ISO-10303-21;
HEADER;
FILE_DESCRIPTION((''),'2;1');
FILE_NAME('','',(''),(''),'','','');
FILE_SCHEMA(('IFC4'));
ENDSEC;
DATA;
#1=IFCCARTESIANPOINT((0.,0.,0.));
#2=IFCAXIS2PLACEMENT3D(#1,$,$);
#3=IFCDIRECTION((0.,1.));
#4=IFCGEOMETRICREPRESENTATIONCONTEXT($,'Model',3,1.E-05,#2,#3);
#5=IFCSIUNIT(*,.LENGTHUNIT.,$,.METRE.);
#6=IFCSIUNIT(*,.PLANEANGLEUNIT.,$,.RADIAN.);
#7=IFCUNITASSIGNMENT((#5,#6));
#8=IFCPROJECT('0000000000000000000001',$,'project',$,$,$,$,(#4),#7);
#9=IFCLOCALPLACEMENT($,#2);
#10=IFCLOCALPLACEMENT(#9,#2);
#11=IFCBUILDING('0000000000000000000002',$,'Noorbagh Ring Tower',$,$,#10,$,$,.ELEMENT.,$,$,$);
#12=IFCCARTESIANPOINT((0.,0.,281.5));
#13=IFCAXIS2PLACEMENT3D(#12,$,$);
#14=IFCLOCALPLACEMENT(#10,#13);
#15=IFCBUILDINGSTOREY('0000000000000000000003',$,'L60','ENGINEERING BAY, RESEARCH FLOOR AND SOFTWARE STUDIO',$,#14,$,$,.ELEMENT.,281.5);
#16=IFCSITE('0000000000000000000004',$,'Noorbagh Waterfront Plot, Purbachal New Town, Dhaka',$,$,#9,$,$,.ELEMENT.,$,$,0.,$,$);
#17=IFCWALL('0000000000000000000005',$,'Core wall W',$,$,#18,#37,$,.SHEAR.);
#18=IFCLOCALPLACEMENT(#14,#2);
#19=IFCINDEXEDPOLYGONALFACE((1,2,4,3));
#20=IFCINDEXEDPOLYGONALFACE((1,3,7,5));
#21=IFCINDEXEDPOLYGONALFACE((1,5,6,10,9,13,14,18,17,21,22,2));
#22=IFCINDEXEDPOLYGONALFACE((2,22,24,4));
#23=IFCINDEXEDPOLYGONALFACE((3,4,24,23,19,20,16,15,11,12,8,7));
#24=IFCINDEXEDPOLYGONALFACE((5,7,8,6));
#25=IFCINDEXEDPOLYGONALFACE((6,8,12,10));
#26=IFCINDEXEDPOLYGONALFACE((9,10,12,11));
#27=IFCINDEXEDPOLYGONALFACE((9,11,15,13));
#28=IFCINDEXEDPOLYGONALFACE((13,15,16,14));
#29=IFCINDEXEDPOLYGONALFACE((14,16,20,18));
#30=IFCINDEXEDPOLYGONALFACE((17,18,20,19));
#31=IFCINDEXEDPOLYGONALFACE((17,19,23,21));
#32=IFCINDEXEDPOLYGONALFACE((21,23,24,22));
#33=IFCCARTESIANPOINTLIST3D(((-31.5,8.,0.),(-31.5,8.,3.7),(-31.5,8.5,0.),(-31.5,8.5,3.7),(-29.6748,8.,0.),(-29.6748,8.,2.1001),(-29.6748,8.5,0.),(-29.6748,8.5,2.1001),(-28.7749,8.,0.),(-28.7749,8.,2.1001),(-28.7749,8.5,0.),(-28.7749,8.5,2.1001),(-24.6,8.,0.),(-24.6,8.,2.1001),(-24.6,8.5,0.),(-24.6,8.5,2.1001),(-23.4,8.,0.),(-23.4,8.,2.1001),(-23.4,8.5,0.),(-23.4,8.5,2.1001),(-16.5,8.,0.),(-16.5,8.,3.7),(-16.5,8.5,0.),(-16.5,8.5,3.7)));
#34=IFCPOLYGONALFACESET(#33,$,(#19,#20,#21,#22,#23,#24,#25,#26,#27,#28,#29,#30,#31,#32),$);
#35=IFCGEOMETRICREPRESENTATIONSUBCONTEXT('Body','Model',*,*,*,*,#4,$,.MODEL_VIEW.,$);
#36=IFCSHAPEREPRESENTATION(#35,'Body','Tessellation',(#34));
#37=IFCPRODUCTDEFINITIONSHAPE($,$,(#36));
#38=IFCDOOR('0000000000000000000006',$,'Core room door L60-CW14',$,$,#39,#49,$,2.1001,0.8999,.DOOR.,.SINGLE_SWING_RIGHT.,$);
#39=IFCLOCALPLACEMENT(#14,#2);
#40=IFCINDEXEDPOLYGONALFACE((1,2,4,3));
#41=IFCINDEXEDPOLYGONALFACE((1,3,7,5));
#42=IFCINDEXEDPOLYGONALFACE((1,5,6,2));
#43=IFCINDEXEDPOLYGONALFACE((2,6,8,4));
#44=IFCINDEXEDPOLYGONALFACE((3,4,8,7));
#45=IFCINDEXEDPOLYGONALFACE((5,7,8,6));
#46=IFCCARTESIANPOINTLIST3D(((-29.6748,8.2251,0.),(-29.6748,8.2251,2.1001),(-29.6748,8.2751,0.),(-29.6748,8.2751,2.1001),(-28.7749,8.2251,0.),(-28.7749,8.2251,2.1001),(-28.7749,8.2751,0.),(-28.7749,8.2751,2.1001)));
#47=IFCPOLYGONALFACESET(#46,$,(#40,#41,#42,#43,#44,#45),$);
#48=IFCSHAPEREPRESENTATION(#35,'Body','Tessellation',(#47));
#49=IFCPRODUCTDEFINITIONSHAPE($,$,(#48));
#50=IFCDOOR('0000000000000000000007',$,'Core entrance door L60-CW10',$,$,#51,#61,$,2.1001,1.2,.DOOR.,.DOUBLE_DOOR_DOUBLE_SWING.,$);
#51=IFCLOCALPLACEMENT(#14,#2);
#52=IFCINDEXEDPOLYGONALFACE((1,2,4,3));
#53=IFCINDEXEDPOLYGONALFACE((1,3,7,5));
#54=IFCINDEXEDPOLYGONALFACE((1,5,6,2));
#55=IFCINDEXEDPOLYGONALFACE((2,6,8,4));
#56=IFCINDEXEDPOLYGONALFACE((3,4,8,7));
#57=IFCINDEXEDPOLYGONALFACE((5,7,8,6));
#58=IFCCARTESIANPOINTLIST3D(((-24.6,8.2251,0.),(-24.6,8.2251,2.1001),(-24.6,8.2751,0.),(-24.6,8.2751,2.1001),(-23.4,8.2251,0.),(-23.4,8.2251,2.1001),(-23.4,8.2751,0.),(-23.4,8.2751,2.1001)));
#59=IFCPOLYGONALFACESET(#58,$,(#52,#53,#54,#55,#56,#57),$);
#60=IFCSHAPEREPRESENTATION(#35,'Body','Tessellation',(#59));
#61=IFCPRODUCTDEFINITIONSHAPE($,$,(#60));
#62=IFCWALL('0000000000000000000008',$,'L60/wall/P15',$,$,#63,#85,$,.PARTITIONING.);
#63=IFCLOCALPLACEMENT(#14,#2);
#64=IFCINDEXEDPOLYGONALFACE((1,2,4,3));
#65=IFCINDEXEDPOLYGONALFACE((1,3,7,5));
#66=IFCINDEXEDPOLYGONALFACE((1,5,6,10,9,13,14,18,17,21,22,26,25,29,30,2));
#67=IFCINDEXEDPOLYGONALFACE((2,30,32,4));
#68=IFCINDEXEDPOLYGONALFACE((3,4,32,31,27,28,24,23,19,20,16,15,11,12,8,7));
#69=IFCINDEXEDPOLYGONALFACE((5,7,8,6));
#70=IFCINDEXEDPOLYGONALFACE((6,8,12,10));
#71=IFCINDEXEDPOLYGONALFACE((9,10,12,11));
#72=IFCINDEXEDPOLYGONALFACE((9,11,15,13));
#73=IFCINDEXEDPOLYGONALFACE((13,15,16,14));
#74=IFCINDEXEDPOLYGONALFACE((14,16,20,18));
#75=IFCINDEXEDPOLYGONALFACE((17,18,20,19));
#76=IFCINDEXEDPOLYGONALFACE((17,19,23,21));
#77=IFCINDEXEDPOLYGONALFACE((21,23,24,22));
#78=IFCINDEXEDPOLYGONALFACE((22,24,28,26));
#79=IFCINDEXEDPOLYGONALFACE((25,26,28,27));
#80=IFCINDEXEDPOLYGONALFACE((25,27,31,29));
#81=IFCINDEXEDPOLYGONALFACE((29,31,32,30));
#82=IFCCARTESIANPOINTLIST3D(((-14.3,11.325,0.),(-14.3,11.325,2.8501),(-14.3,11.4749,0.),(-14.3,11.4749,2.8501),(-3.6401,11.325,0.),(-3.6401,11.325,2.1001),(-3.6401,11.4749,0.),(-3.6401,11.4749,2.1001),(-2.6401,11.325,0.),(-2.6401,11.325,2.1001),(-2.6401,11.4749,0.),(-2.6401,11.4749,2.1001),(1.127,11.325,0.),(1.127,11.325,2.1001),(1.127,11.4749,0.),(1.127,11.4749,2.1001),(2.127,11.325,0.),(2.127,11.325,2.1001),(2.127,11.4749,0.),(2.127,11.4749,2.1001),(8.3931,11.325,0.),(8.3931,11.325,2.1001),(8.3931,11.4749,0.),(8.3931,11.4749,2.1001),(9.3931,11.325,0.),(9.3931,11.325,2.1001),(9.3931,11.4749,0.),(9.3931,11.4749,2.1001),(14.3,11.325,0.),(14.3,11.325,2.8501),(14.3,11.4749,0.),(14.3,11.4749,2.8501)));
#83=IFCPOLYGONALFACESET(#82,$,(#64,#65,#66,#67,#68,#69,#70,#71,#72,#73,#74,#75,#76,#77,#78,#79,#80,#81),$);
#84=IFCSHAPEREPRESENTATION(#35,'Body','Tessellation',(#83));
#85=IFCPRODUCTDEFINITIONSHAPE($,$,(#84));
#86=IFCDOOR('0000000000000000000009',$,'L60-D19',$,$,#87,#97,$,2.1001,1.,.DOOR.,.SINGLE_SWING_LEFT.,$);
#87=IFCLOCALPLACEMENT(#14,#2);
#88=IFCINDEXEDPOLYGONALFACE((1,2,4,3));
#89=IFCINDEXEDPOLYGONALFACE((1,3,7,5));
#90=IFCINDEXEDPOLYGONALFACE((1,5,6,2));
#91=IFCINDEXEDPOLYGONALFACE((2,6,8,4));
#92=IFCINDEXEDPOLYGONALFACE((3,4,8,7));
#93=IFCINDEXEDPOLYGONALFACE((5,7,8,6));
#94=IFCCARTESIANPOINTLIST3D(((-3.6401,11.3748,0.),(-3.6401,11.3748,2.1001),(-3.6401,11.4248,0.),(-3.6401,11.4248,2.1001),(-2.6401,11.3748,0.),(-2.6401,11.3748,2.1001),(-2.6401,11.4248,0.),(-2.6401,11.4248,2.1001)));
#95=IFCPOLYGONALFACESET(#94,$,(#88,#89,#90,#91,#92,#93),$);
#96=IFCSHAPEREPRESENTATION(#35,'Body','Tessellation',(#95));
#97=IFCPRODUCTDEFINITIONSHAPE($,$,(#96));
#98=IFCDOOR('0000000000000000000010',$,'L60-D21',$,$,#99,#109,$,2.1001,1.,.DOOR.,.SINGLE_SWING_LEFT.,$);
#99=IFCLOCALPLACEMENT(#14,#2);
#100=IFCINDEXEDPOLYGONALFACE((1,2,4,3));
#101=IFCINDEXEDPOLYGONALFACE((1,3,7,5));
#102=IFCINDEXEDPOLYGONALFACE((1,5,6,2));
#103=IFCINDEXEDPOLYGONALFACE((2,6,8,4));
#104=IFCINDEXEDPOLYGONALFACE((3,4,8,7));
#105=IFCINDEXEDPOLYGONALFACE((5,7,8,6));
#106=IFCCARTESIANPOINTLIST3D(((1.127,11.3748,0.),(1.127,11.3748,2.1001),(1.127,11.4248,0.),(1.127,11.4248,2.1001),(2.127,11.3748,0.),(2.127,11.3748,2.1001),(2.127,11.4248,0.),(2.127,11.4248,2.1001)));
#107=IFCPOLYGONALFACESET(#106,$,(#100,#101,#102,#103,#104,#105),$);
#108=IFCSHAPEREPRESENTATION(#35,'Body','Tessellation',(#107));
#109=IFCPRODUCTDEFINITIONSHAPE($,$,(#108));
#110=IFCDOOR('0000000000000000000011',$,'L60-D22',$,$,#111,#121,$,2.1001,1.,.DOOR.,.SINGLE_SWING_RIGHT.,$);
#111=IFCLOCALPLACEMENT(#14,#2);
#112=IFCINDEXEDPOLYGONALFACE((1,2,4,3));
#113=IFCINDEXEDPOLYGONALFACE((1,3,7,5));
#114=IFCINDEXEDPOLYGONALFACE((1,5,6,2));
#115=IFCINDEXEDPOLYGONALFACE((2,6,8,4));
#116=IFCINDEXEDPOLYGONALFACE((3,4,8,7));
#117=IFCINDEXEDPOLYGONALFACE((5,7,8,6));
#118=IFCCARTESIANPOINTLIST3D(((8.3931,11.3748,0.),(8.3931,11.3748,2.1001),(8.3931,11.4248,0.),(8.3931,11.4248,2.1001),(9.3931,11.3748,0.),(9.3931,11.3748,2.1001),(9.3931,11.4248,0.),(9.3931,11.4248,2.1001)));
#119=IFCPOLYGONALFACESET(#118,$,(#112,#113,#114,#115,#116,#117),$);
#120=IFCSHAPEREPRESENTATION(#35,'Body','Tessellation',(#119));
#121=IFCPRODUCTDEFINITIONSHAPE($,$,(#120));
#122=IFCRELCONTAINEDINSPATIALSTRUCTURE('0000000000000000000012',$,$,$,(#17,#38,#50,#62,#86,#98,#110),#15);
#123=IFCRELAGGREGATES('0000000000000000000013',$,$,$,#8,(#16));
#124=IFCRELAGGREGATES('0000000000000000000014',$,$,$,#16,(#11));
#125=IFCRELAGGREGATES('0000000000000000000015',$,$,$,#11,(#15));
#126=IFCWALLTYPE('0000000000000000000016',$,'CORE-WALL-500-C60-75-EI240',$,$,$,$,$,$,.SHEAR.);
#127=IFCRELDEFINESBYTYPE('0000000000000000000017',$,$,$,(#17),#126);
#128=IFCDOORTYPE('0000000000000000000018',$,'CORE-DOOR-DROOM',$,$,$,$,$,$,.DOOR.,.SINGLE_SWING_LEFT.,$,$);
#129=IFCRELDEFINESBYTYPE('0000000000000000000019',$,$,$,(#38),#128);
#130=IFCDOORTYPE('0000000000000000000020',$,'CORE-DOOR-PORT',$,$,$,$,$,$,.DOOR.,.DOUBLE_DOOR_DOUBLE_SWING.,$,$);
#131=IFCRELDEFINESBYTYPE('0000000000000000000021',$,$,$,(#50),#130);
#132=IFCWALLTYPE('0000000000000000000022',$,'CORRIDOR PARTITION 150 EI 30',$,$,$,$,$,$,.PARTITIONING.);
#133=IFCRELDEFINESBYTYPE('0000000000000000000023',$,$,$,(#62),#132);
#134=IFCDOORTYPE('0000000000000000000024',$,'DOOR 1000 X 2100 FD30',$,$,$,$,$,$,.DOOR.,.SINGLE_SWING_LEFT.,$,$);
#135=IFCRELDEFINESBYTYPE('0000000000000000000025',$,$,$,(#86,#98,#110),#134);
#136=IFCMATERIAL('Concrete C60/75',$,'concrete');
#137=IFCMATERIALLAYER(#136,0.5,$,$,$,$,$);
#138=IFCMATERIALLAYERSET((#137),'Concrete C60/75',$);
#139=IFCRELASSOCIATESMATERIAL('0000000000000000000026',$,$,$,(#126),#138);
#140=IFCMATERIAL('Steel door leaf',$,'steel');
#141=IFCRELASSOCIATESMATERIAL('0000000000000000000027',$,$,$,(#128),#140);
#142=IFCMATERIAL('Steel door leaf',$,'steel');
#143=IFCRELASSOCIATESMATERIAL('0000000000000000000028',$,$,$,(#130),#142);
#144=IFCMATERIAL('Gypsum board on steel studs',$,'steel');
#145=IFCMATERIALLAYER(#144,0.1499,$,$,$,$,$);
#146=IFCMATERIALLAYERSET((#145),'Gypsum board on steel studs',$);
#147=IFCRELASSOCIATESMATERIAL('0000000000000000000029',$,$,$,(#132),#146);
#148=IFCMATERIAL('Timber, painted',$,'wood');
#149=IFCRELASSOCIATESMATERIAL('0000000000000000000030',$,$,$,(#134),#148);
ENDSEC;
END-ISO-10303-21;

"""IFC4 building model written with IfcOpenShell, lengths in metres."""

from ifc_helpers import new_model, si_unit, direction, frame, frame_2d, origin, place, context, subcontext, project, spatial, rectangle, extrude, material, layer, layer_set, type_object, element, fill, save


model = new_model("IFC4")

# Units and contexts
model_context = context("Model", 3, precision=1e-05, world=origin(), true_north=direction((0.0, 1.0)))
body_context = subcontext(model_context, "Body", "Model", "MODEL_VIEW")
ifc_project = project(units=[si_unit("LENGTHUNIT", "METRE"), si_unit("PLANEANGLEUNIT", "RADIAN")], contexts=[model_context])

# Site, building, storey
site_placement = place(None, origin())
site = spatial("IfcSite", under=ifc_project, at=site_placement, Name="Noorbagh Waterfront Plot, Purbachal New Town, Dhaka", CompositionType="ELEMENT", RefElevation=0.0)
building_placement = place(site_placement, origin())
building = spatial("IfcBuilding", under=site, at=building_placement, Name="Noorbagh Ring Tower", CompositionType="ELEMENT")
storey_placement = place(building_placement, frame((0.0, 0.0, 281.5)))
storey = spatial("IfcBuildingStorey", under=building, at=storey_placement, Name="L60", Description="ENGINEERING BAY, RESEARCH FLOOR AND SOFTWARE STUDIO", CompositionType="ELEMENT", Elevation=281.5)

# Walls, openings, doors
ifc_material_1 = material(Name="Concrete C60/75", Category="concrete")
ifc_layer_1 = layer(ifc_material_1, 0.5)
ifc_layer_set_1 = layer_set([ifc_layer_1], Name="Concrete C60/75")
wall_type_1 = type_object("IfcWallType", Name="CORE-WALL-500-C60-75-EI240", PredefinedType="SHEAR", material=ifc_layer_set_1)
wall_1_placement = place(storey_placement, frame((-16.5, 8.25, 0.0), z_axis=(0.0, 0.0, 1.0), x_axis=(-1.0, 0.0, 0.0)))
wall_1 = element("IfcWall", 1, at=wall_1_placement, inside=storey, type_object=wall_type_1, Name="Core wall W", PredefinedType="SHEAR", context=body_context, shape_type="SweptSolid", body=[
    extrude(rectangle(XDim=15.0, YDim=0.5, at=frame_2d((7.5, 0.0))), origin(), (0.0, 0.0, 1.0), 3.7),
])
opening_1_placement = place(wall_1_placement, frame((6.8999, 0.0, 0.0)))
opening_1 = element("IfcOpeningElement", 2, at=opening_1_placement, cuts=wall_1, PredefinedType="OPENING", context=body_context, shape_type="SweptSolid", body=[
    extrude(rectangle(XDim=1.2, YDim=2.1001, at=frame_2d((0.6001, 1.05))), frame((0.0, 0.26, 0.0), z_axis=(0.0, -1.0, 0.0), x_axis=(1.0, 0.0, 0.0)), (0.0, 0.0, 1.0), 0.52),
])
opening_2_placement = place(wall_1_placement, frame((12.2749, 0.0, 0.0)))
opening_2 = element("IfcOpeningElement", 3, at=opening_2_placement, cuts=wall_1, PredefinedType="OPENING", context=body_context, shape_type="SweptSolid", body=[
    extrude(rectangle(XDim=0.8999, YDim=2.1001, at=frame_2d((0.45, 1.05))), frame((0.0, 0.26, 0.0), z_axis=(0.0, -1.0, 0.0), x_axis=(1.0, 0.0, 0.0)), (0.0, 0.0, 1.0), 0.52),
])
ifc_material_2 = material(Name="Steel door leaf", Category="steel")
door_type_1 = type_object("IfcDoorType", Name="CORE-DOOR-DROOM", OperationType="SINGLE_SWING_LEFT", PredefinedType="DOOR", material=ifc_material_2)
door_1_placement = place(opening_2_placement, origin())
door_1 = element("IfcDoor", 4, at=door_1_placement, inside=storey, type_object=door_type_1, Name="Core room door L60-CW14", OperationType="SINGLE_SWING_RIGHT", OverallHeight=2.1001, OverallWidth=0.8999, PredefinedType="DOOR", context=body_context, shape_type="SweptSolid", body=[
    extrude(rectangle(XDim=0.8999, YDim=2.1001, at=frame_2d((0.45, 1.05))), frame((0.0, 0.0249, 0.0), z_axis=(0.0, -1.0, 0.0), x_axis=(1.0, 0.0, 0.0)), (0.0, 0.0, 1.0), 0.05),
])
fill(opening_2, door_1)
ifc_material_3 = material(Name="Steel door leaf", Category="steel")
door_type_2 = type_object("IfcDoorType", Name="CORE-DOOR-PORT", OperationType="DOUBLE_DOOR_DOUBLE_SWING", PredefinedType="DOOR", material=ifc_material_3)
door_2_placement = place(opening_1_placement, origin())
door_2 = element("IfcDoor", 5, at=door_2_placement, inside=storey, type_object=door_type_2, Name="Core entrance door L60-CW10", OperationType="DOUBLE_DOOR_DOUBLE_SWING", OverallHeight=2.1001, OverallWidth=1.2, PredefinedType="DOOR", context=body_context, shape_type="SweptSolid", body=[
    extrude(rectangle(XDim=1.2, YDim=2.1001, at=frame_2d((0.6001, 1.05))), frame((0.0, 0.0249, 0.0), z_axis=(0.0, -1.0, 0.0), x_axis=(1.0, 0.0, 0.0)), (0.0, 0.0, 1.0), 0.05),
])
fill(opening_1, door_2)
ifc_material_4 = material(Name="Gypsum board on steel studs", Category="steel")
ifc_layer_2 = layer(ifc_material_4, 0.1499)
ifc_layer_set_2 = layer_set([ifc_layer_2], Name="Gypsum board on steel studs")
wall_type_2 = type_object("IfcWallType", Name="CORRIDOR PARTITION 150 EI 30", PredefinedType="PARTITIONING", material=ifc_layer_set_2)
wall_2_placement = place(storey_placement, frame((-14.3, 11.3999, 0.0), z_axis=(0.0, 0.0, 1.0), x_axis=(1.0, 0.0, 0.0)))
wall_2 = element("IfcWall", 6, at=wall_2_placement, inside=storey, type_object=wall_type_2, Name="L60/wall/P15", PredefinedType="PARTITIONING", context=body_context, shape_type="SweptSolid", body=[
    extrude(rectangle(XDim=28.6001, YDim=0.1499, at=frame_2d((14.3, 0.0))), origin(), (0.0, 0.0, 1.0), 2.8501),
])
opening_3_placement = place(wall_2_placement, frame((10.6599, 0.0, 0.0)))
opening_3 = element("IfcOpeningElement", 7, at=opening_3_placement, cuts=wall_2, PredefinedType="OPENING", context=body_context, shape_type="SweptSolid", body=[
    extrude(rectangle(XDim=1.0, YDim=2.1001, at=frame_2d((0.5, 1.05))), frame((0.0, 0.085, 0.0), z_axis=(0.0, -1.0, 0.0), x_axis=(1.0, 0.0, 0.0)), (0.0, 0.0, 1.0), 0.1699),
])
opening_4_placement = place(wall_2_placement, frame((15.427, 0.0, 0.0)))
opening_4 = element("IfcOpeningElement", 8, at=opening_4_placement, cuts=wall_2, PredefinedType="OPENING", context=body_context, shape_type="SweptSolid", body=[
    extrude(rectangle(XDim=1.0, YDim=2.1001, at=frame_2d((0.5, 1.05))), frame((0.0, 0.085, 0.0), z_axis=(0.0, -1.0, 0.0), x_axis=(1.0, 0.0, 0.0)), (0.0, 0.0, 1.0), 0.1699),
])
opening_5_placement = place(wall_2_placement, frame((22.6931, 0.0, 0.0)))
opening_5 = element("IfcOpeningElement", 9, at=opening_5_placement, cuts=wall_2, PredefinedType="OPENING", context=body_context, shape_type="SweptSolid", body=[
    extrude(rectangle(XDim=1.0, YDim=2.1001, at=frame_2d((0.5, 1.05))), frame((0.0, 0.085, 0.0), z_axis=(0.0, -1.0, 0.0), x_axis=(1.0, 0.0, 0.0)), (0.0, 0.0, 1.0), 0.1699),
])
ifc_material_5 = material(Name="Timber, painted", Category="wood")
door_type_3 = type_object("IfcDoorType", Name="DOOR 1000 X 2100 FD30", OperationType="SINGLE_SWING_LEFT", PredefinedType="DOOR", material=ifc_material_5)
door_3_placement = place(opening_3_placement, origin())
door_3 = element("IfcDoor", 10, at=door_3_placement, inside=storey, type_object=door_type_3, Name="L60-D19", OperationType="SINGLE_SWING_LEFT", OverallHeight=2.1001, OverallWidth=1.0, PredefinedType="DOOR", context=body_context, shape_type="SweptSolid", body=[
    extrude(rectangle(XDim=1.0, YDim=2.1001, at=frame_2d((0.5, 1.05))), frame((0.0, 0.0249, 0.0), z_axis=(0.0, -1.0, 0.0), x_axis=(1.0, 0.0, 0.0)), (0.0, 0.0, 1.0), 0.05),
])
fill(opening_3, door_3)
door_4_placement = place(opening_4_placement, origin())
door_4 = element("IfcDoor", 11, at=door_4_placement, inside=storey, type_object=door_type_3, Name="L60-D21", OperationType="SINGLE_SWING_LEFT", OverallHeight=2.1001, OverallWidth=1.0, PredefinedType="DOOR", context=body_context, shape_type="SweptSolid", body=[
    extrude(rectangle(XDim=1.0, YDim=2.1001, at=frame_2d((0.5, 1.05))), frame((0.0, 0.0249, 0.0), z_axis=(0.0, -1.0, 0.0), x_axis=(1.0, 0.0, 0.0)), (0.0, 0.0, 1.0), 0.05),
])
fill(opening_4, door_4)
door_5_placement = place(opening_5_placement, origin())
door_5 = element("IfcDoor", 12, at=door_5_placement, inside=storey, type_object=door_type_3, Name="L60-D22", OperationType="SINGLE_SWING_RIGHT", OverallHeight=2.1001, OverallWidth=1.0, PredefinedType="DOOR", context=body_context, shape_type="SweptSolid", body=[
    extrude(rectangle(XDim=1.0, YDim=2.1001, at=frame_2d((0.5, 1.05))), frame((0.0, 0.0249, 0.0), z_axis=(0.0, -1.0, 0.0), x_axis=(1.0, 0.0, 0.0)), (0.0, 0.0, 1.0), 0.05),
])
fill(opening_5, door_5)

save(model, "model.ifc")
